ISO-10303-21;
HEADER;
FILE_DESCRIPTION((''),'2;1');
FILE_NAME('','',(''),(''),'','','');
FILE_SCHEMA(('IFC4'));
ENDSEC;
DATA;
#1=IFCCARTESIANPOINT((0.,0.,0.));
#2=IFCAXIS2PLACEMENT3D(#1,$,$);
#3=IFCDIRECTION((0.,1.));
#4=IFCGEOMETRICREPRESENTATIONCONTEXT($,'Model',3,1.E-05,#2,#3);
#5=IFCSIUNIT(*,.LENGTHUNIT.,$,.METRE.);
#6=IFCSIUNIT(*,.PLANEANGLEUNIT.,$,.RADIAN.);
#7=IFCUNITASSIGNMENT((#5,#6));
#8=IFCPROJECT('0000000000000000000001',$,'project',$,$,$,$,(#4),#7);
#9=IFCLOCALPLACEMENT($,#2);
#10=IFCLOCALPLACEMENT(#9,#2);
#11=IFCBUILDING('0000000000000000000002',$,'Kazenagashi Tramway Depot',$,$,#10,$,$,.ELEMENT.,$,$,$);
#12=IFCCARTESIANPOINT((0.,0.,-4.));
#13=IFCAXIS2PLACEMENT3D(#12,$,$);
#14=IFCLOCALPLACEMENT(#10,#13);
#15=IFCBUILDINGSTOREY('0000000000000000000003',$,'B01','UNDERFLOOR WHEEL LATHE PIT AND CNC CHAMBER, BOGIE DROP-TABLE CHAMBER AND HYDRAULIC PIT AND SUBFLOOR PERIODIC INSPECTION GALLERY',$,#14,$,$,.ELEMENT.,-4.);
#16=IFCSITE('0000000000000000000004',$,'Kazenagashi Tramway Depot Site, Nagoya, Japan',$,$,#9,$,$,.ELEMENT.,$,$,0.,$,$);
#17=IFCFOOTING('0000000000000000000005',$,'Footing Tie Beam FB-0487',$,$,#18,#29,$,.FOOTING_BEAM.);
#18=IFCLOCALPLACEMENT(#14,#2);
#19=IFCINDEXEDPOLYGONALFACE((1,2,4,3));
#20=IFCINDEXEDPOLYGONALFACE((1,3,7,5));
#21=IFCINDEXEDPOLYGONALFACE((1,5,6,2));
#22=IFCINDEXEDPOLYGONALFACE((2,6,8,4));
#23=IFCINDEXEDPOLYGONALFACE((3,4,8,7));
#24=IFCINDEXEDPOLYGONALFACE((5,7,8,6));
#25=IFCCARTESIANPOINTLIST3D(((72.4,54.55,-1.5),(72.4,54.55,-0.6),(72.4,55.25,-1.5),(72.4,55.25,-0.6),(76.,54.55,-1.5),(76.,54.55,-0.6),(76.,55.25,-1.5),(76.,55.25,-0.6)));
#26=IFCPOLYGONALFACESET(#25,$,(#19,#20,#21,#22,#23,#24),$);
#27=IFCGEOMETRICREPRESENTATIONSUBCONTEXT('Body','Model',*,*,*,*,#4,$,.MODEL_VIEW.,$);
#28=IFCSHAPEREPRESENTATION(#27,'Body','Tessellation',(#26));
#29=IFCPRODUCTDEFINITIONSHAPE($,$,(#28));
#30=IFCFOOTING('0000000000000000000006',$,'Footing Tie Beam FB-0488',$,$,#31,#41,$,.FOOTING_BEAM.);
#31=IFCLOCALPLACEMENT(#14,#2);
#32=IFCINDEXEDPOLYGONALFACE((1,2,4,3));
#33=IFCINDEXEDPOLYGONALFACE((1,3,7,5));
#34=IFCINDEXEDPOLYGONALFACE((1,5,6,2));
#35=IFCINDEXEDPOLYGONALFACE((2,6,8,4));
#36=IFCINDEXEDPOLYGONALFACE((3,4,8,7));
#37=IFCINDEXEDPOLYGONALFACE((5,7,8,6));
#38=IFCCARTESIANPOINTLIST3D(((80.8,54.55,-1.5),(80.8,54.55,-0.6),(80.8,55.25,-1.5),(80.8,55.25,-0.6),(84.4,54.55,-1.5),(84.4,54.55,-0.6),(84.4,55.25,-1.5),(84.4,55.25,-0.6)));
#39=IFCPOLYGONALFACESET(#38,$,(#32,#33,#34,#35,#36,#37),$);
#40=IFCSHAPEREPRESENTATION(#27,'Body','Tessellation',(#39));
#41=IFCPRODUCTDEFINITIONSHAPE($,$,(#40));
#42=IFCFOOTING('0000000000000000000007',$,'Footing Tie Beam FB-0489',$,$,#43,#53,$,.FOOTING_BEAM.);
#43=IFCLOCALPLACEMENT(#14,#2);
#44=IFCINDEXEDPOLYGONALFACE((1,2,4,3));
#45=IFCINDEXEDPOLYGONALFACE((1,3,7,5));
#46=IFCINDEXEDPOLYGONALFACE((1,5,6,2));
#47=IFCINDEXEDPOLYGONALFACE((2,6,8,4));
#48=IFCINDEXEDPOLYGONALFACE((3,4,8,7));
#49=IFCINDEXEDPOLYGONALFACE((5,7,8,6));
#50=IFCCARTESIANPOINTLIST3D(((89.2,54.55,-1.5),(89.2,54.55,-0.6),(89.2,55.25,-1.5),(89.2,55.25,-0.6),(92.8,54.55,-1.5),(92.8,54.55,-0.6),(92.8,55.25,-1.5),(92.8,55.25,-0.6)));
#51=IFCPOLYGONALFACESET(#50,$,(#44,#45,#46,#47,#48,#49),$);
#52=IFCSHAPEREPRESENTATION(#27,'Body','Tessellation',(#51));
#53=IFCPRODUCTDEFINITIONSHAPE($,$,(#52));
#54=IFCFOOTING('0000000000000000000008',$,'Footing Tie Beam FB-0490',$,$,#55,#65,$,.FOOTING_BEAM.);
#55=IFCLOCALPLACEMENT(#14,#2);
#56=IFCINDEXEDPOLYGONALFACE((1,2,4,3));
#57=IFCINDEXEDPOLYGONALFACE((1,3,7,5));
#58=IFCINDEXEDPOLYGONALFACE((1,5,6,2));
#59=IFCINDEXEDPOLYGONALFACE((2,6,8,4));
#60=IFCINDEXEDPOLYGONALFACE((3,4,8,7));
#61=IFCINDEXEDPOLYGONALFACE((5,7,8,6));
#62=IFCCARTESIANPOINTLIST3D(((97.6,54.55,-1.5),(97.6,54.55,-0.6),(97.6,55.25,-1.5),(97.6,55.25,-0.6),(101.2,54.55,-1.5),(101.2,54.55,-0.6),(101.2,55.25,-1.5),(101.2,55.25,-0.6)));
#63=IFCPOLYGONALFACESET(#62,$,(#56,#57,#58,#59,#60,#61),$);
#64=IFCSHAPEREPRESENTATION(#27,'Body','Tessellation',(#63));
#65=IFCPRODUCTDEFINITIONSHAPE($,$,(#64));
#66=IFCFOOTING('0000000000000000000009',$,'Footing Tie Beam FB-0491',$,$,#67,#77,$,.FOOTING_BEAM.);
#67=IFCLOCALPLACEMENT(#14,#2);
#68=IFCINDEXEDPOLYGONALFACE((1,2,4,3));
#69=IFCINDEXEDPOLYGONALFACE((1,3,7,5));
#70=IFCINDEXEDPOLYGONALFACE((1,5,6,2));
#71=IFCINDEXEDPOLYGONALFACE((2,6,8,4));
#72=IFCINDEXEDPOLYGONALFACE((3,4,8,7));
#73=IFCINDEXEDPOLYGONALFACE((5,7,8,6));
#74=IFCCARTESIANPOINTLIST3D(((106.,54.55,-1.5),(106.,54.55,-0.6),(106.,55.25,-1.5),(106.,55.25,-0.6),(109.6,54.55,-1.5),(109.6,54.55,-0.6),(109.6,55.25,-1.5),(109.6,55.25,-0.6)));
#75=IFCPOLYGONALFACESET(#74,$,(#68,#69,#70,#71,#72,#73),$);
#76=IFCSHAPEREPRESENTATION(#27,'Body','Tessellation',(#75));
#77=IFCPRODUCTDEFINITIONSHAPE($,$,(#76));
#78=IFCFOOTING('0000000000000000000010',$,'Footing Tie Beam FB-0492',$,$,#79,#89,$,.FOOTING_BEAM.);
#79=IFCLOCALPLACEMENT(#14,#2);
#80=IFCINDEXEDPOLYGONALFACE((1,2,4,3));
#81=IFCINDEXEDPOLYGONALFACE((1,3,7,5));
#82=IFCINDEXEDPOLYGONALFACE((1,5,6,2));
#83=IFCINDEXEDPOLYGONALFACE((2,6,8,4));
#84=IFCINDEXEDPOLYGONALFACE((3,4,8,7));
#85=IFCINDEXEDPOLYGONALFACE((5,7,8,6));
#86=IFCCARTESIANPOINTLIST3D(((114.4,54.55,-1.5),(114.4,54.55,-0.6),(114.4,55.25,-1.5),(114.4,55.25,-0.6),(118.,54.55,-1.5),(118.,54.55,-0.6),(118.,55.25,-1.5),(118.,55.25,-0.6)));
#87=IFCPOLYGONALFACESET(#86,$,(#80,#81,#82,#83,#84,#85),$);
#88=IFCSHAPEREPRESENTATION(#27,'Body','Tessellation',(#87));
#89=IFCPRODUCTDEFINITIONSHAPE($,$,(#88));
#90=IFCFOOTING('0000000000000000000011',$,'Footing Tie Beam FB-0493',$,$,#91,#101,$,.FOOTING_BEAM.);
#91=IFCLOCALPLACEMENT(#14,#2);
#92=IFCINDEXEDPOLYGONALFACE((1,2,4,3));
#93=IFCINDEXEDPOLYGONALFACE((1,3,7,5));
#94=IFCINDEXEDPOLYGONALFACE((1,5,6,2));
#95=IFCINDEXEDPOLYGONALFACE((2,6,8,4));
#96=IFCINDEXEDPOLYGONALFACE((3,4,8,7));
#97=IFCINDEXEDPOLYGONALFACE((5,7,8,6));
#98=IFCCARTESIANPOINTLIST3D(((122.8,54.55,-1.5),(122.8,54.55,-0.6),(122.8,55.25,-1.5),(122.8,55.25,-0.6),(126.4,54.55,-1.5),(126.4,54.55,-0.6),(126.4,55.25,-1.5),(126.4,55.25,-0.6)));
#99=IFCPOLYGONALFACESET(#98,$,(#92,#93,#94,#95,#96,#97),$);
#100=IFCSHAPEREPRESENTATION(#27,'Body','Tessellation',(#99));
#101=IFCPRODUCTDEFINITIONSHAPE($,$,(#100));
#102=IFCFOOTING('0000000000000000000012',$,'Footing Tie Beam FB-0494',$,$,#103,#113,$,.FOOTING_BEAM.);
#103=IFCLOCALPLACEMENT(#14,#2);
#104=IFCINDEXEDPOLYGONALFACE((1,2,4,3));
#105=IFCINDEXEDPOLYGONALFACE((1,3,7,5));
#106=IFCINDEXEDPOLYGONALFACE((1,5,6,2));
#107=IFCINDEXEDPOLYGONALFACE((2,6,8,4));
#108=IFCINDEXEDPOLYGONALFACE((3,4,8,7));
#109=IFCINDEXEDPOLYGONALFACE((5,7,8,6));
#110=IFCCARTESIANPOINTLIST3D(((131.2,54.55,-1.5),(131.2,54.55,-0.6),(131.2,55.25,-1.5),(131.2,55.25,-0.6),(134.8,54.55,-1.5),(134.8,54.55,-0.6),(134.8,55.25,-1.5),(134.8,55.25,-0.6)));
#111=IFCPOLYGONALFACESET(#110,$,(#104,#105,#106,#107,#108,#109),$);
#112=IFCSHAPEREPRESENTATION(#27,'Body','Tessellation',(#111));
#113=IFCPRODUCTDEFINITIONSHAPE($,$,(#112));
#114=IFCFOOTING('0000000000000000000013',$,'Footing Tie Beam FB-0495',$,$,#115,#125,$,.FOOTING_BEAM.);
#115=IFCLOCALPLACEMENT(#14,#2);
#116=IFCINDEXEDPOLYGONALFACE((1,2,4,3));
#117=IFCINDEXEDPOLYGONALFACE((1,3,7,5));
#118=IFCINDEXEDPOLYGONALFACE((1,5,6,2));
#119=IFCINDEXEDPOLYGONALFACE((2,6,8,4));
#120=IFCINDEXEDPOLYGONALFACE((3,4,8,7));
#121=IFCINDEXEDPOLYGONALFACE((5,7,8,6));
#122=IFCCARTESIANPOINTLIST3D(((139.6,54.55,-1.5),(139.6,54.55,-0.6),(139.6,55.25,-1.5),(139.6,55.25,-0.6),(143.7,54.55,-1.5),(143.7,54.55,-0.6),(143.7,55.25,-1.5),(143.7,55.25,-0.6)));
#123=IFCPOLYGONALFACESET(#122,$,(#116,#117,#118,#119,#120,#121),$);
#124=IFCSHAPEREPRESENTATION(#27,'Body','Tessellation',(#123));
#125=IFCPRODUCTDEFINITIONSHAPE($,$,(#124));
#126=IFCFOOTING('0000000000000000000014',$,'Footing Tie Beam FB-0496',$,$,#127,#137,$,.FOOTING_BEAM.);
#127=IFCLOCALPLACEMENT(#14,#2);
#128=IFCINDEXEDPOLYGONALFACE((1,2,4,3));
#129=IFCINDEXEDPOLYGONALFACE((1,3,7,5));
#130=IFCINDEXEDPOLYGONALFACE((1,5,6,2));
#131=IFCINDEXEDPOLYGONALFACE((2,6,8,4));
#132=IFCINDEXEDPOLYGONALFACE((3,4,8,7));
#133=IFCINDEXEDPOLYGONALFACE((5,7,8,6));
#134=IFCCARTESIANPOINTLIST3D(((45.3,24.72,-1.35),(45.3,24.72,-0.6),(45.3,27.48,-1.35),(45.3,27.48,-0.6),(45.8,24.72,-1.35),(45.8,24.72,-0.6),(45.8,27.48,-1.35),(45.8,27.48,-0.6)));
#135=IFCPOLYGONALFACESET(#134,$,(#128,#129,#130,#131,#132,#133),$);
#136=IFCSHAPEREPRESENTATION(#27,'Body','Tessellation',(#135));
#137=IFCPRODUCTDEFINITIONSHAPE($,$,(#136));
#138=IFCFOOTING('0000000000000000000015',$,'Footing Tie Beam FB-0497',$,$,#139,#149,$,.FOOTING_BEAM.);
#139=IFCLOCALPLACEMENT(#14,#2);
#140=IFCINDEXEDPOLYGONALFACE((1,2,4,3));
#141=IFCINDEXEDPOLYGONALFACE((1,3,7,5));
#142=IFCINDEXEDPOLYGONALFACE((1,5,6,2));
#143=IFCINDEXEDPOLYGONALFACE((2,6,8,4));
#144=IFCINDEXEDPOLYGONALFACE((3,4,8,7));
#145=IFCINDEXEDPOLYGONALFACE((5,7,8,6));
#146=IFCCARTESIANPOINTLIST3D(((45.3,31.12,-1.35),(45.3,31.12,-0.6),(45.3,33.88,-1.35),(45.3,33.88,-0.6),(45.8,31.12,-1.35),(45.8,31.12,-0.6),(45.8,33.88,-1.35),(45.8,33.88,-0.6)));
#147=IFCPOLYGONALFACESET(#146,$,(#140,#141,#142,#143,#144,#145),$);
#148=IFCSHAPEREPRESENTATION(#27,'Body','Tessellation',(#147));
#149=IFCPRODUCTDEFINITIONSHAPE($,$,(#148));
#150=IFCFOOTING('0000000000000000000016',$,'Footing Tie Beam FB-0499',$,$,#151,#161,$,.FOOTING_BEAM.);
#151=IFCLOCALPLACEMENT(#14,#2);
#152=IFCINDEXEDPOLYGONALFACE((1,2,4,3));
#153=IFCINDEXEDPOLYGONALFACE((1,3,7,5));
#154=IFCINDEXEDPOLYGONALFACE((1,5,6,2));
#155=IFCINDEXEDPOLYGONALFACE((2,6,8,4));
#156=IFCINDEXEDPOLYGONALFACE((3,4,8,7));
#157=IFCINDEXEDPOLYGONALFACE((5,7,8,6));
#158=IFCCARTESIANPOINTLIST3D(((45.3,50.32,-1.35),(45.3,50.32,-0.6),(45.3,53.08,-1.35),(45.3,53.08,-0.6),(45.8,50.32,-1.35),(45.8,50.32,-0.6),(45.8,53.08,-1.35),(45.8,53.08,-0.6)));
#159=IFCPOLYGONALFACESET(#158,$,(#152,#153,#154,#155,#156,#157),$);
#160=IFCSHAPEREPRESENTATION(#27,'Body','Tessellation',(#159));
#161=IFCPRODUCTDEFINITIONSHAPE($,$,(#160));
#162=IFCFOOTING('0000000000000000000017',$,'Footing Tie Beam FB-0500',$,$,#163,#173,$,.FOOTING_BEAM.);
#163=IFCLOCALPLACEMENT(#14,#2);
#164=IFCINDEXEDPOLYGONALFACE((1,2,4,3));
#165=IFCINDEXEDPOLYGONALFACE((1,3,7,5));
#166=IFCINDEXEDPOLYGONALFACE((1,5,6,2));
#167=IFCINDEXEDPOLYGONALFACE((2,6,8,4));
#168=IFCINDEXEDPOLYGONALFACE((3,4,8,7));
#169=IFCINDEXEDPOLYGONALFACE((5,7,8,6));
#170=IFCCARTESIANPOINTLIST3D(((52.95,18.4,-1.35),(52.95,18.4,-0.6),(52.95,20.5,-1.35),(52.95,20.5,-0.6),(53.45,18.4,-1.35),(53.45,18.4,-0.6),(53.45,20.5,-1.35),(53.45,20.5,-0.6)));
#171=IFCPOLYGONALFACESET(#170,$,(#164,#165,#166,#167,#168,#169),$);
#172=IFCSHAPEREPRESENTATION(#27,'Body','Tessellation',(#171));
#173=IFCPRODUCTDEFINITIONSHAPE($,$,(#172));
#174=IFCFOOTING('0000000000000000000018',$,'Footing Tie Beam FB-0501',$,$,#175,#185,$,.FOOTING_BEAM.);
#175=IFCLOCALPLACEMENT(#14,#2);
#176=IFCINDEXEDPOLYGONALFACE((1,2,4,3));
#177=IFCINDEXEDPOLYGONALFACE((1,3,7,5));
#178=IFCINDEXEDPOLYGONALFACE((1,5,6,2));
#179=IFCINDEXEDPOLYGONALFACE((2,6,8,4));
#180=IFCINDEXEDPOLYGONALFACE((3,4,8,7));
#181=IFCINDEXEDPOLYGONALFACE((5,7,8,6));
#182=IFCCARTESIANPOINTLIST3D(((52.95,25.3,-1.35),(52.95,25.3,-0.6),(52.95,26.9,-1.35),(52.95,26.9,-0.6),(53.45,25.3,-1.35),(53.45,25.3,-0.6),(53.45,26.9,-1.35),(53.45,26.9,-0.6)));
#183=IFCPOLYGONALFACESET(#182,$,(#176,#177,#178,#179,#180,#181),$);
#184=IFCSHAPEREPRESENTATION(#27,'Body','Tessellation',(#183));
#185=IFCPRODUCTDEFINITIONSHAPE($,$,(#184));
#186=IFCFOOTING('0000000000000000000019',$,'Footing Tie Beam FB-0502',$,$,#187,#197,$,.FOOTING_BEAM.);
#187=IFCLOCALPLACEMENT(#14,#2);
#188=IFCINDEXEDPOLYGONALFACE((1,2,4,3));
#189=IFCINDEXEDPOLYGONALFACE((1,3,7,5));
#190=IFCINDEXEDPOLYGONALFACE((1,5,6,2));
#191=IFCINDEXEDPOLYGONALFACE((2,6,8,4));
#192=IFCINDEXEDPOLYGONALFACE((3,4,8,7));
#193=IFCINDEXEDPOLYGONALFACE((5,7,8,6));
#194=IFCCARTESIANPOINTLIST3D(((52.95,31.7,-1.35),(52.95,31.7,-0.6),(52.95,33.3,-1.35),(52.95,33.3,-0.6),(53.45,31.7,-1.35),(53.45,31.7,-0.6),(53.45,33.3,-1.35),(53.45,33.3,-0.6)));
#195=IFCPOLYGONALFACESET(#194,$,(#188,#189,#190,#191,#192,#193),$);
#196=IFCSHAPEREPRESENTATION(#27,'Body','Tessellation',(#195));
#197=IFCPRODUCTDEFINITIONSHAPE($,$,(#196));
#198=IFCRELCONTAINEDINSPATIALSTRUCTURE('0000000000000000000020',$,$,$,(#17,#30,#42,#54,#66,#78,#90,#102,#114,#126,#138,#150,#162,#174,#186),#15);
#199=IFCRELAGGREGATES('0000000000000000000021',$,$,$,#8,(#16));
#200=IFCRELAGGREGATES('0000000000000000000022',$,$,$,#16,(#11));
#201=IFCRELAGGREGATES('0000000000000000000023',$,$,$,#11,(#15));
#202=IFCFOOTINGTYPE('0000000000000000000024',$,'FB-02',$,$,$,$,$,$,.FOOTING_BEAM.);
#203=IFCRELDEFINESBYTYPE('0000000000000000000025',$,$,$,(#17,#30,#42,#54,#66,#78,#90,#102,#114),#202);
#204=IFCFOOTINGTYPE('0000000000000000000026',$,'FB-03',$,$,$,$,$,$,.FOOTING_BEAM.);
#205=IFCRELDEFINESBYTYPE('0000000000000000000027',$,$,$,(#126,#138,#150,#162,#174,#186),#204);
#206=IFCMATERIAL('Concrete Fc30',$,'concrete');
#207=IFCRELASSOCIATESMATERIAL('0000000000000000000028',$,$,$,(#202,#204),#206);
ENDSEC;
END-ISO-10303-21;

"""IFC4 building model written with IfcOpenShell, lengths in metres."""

from ifc_helpers import new_model, si_unit, direction, frame, origin, place, context, subcontext, project, spatial, polyline, outline, extrude, material, type_object, element, save


model = new_model("IFC4")

# Units and contexts
model_context = context("Model", 3, precision=1e-05, world=origin(), true_north=direction((0.0, 1.0)))
body_context = subcontext(model_context, "Body", "Model", "MODEL_VIEW")
ifc_project = project(units=[si_unit("LENGTHUNIT", "METRE"), si_unit("PLANEANGLEUNIT", "RADIAN")], contexts=[model_context])

# Site, building, storey
site_placement = place(None, origin())
site = spatial("IfcSite", under=ifc_project, at=site_placement, Name="Kazenagashi Tramway Depot Site, Nagoya, Japan", CompositionType="ELEMENT", RefElevation=0.0)
building_placement = place(site_placement, origin())
building = spatial("IfcBuilding", under=site, at=building_placement, Name="Kazenagashi Tramway Depot", CompositionType="ELEMENT")
storey_placement = place(building_placement, frame((0.0, 0.0, -4.0)))
storey = spatial("IfcBuildingStorey", under=building, at=storey_placement, Name="B01", Description="UNDERFLOOR WHEEL LATHE PIT AND CNC CHAMBER, BOGIE DROP-TABLE CHAMBER AND HYDRAULIC PIT AND SUBFLOOR PERIODIC INSPECTION GALLERY", CompositionType="ELEMENT", Elevation=-4.0)

# Footings
ifc_material = material(Name="Concrete Fc30", Category="concrete")
footing_type_1 = type_object("IfcFootingType", Name="FB-02", PredefinedType="FOOTING_BEAM", material=ifc_material)
footing_1_placement = place(storey_placement, frame((0.0, 0.0, -1.5)))
element("IfcFooting", 1, at=footing_1_placement, inside=storey, type_object=footing_type_1, Name="Footing Tie Beam FB-0487", PredefinedType="FOOTING_BEAM", context=body_context, shape_type="SweptSolid", body=[
    extrude(outline(polyline([(72.4, 54.55), (76.0, 54.55), (76.0, 55.25), (72.4, 55.25), (72.4, 54.55)])), origin(), (0.0, 0.0, 1.0), 0.9),
])
footing_2_placement = place(storey_placement, frame((0.0, 0.0, -1.5)))
element("IfcFooting", 2, at=footing_2_placement, inside=storey, type_object=footing_type_1, Name="Footing Tie Beam FB-0488", PredefinedType="FOOTING_BEAM", context=body_context, shape_type="SweptSolid", body=[
    extrude(outline(polyline([(80.8, 54.55), (84.4, 54.55), (84.4, 55.25), (80.8, 55.25), (80.8, 54.55)])), origin(), (0.0, 0.0, 1.0), 0.9),
])
footing_3_placement = place(storey_placement, frame((0.0, 0.0, -1.5)))
element("IfcFooting", 3, at=footing_3_placement, inside=storey, type_object=footing_type_1, Name="Footing Tie Beam FB-0489", PredefinedType="FOOTING_BEAM", context=body_context, shape_type="SweptSolid", body=[
    extrude(outline(polyline([(89.2, 54.55), (92.8, 54.55), (92.8, 55.25), (89.2, 55.25), (89.2, 54.55)])), origin(), (0.0, 0.0, 1.0), 0.9),
])
footing_4_placement = place(storey_placement, frame((0.0, 0.0, -1.5)))
element("IfcFooting", 4, at=footing_4_placement, inside=storey, type_object=footing_type_1, Name="Footing Tie Beam FB-0490", PredefinedType="FOOTING_BEAM", context=body_context, shape_type="SweptSolid", body=[
    extrude(outline(polyline([(97.6, 54.55), (101.2, 54.55), (101.2, 55.25), (97.6, 55.25), (97.6, 54.55)])), origin(), (0.0, 0.0, 1.0), 0.9),
])
footing_5_placement = place(storey_placement, frame((0.0, 0.0, -1.5)))
element("IfcFooting", 5, at=footing_5_placement, inside=storey, type_object=footing_type_1, Name="Footing Tie Beam FB-0491", PredefinedType="FOOTING_BEAM", context=body_context, shape_type="SweptSolid", body=[
    extrude(outline(polyline([(106.0, 54.55), (109.6, 54.55), (109.6, 55.25), (106.0, 55.25), (106.0, 54.55)])), origin(), (0.0, 0.0, 1.0), 0.9),
])
footing_6_placement = place(storey_placement, frame((0.0, 0.0, -1.5)))
element("IfcFooting", 6, at=footing_6_placement, inside=storey, type_object=footing_type_1, Name="Footing Tie Beam FB-0492", PredefinedType="FOOTING_BEAM", context=body_context, shape_type="SweptSolid", body=[
    extrude(outline(polyline([(114.4, 54.55), (118.0, 54.55), (118.0, 55.25), (114.4, 55.25), (114.4, 54.55)])), origin(), (0.0, 0.0, 1.0), 0.9),
])
footing_7_placement = place(storey_placement, frame((0.0, 0.0, -1.5)))
element("IfcFooting", 7, at=footing_7_placement, inside=storey, type_object=footing_type_1, Name="Footing Tie Beam FB-0493", PredefinedType="FOOTING_BEAM", context=body_context, shape_type="SweptSolid", body=[
    extrude(outline(polyline([(122.8, 54.55), (126.4, 54.55), (126.4, 55.25), (122.8, 55.25), (122.8, 54.55)])), origin(), (0.0, 0.0, 1.0), 0.9),
])
footing_8_placement = place(storey_placement, frame((0.0, 0.0, -1.5)))
element("IfcFooting", 8, at=footing_8_placement, inside=storey, type_object=footing_type_1, Name="Footing Tie Beam FB-0494", PredefinedType="FOOTING_BEAM", context=body_context, shape_type="SweptSolid", body=[
    extrude(outline(polyline([(131.2, 54.55), (134.8, 54.55), (134.8, 55.25), (131.2, 55.25), (131.2, 54.55)])), origin(), (0.0, 0.0, 1.0), 0.9),
])
footing_9_placement = place(storey_placement, frame((0.0, 0.0, -1.5)))
element("IfcFooting", 9, at=footing_9_placement, inside=storey, type_object=footing_type_1, Name="Footing Tie Beam FB-0495", PredefinedType="FOOTING_BEAM", context=body_context, shape_type="SweptSolid", body=[
    extrude(outline(polyline([(139.6, 54.55), (143.7, 54.55), (143.7, 55.25), (139.6, 55.25), (139.6, 54.55)])), origin(), (0.0, 0.0, 1.0), 0.9),
])
footing_type_2 = type_object("IfcFootingType", Name="FB-03", PredefinedType="FOOTING_BEAM", material=ifc_material)
footing_10_placement = place(storey_placement, frame((0.0, 0.0, -1.35)))
element("IfcFooting", 10, at=footing_10_placement, inside=storey, type_object=footing_type_2, Name="Footing Tie Beam FB-0496", PredefinedType="FOOTING_BEAM", context=body_context, shape_type="SweptSolid", body=[
    extrude(outline(polyline([(45.3, 24.72), (45.8, 24.72), (45.8, 27.48), (45.3, 27.48), (45.3, 24.72)])), origin(), (0.0, 0.0, 1.0), 0.75),
])
footing_11_placement = place(storey_placement, frame((0.0, 0.0, -1.35)))
element("IfcFooting", 11, at=footing_11_placement, inside=storey, type_object=footing_type_2, Name="Footing Tie Beam FB-0497", PredefinedType="FOOTING_BEAM", context=body_context, shape_type="SweptSolid", body=[
    extrude(outline(polyline([(45.3, 31.12), (45.8, 31.12), (45.8, 33.88), (45.3, 33.88), (45.3, 31.12)])), origin(), (0.0, 0.0, 1.0), 0.75),
])
footing_12_placement = place(storey_placement, frame((0.0, 0.0, -1.35)))
element("IfcFooting", 12, at=footing_12_placement, inside=storey, type_object=footing_type_2, Name="Footing Tie Beam FB-0499", PredefinedType="FOOTING_BEAM", context=body_context, shape_type="SweptSolid", body=[
    extrude(outline(polyline([(45.3, 50.32), (45.8, 50.32), (45.8, 53.08), (45.3, 53.08), (45.3, 50.32)])), origin(), (0.0, 0.0, 1.0), 0.75),
])
footing_13_placement = place(storey_placement, frame((0.0, 0.0, -1.35)))
element("IfcFooting", 13, at=footing_13_placement, inside=storey, type_object=footing_type_2, Name="Footing Tie Beam FB-0500", PredefinedType="FOOTING_BEAM", context=body_context, shape_type="SweptSolid", body=[
    extrude(outline(polyline([(52.95, 18.4), (53.45, 18.4), (53.45, 20.5), (52.95, 20.5), (52.95, 18.4)])), origin(), (0.0, 0.0, 1.0), 0.75),
])
footing_14_placement = place(storey_placement, frame((0.0, 0.0, -1.35)))
element("IfcFooting", 14, at=footing_14_placement, inside=storey, type_object=footing_type_2, Name="Footing Tie Beam FB-0501", PredefinedType="FOOTING_BEAM", context=body_context, shape_type="SweptSolid", body=[
    extrude(outline(polyline([(52.95, 25.3), (53.45, 25.3), (53.45, 26.9), (52.95, 26.9), (52.95, 25.3)])), origin(), (0.0, 0.0, 1.0), 0.75),
])
footing_15_placement = place(storey_placement, frame((0.0, 0.0, -1.35)))
element("IfcFooting", 15, at=footing_15_placement, inside=storey, type_object=footing_type_2, Name="Footing Tie Beam FB-0502", PredefinedType="FOOTING_BEAM", context=body_context, shape_type="SweptSolid", body=[
    extrude(outline(polyline([(52.95, 31.7), (53.45, 31.7), (53.45, 33.3), (52.95, 33.3), (52.95, 31.7)])), origin(), (0.0, 0.0, 1.0), 0.75),
])

save(model, "model.ifc")
